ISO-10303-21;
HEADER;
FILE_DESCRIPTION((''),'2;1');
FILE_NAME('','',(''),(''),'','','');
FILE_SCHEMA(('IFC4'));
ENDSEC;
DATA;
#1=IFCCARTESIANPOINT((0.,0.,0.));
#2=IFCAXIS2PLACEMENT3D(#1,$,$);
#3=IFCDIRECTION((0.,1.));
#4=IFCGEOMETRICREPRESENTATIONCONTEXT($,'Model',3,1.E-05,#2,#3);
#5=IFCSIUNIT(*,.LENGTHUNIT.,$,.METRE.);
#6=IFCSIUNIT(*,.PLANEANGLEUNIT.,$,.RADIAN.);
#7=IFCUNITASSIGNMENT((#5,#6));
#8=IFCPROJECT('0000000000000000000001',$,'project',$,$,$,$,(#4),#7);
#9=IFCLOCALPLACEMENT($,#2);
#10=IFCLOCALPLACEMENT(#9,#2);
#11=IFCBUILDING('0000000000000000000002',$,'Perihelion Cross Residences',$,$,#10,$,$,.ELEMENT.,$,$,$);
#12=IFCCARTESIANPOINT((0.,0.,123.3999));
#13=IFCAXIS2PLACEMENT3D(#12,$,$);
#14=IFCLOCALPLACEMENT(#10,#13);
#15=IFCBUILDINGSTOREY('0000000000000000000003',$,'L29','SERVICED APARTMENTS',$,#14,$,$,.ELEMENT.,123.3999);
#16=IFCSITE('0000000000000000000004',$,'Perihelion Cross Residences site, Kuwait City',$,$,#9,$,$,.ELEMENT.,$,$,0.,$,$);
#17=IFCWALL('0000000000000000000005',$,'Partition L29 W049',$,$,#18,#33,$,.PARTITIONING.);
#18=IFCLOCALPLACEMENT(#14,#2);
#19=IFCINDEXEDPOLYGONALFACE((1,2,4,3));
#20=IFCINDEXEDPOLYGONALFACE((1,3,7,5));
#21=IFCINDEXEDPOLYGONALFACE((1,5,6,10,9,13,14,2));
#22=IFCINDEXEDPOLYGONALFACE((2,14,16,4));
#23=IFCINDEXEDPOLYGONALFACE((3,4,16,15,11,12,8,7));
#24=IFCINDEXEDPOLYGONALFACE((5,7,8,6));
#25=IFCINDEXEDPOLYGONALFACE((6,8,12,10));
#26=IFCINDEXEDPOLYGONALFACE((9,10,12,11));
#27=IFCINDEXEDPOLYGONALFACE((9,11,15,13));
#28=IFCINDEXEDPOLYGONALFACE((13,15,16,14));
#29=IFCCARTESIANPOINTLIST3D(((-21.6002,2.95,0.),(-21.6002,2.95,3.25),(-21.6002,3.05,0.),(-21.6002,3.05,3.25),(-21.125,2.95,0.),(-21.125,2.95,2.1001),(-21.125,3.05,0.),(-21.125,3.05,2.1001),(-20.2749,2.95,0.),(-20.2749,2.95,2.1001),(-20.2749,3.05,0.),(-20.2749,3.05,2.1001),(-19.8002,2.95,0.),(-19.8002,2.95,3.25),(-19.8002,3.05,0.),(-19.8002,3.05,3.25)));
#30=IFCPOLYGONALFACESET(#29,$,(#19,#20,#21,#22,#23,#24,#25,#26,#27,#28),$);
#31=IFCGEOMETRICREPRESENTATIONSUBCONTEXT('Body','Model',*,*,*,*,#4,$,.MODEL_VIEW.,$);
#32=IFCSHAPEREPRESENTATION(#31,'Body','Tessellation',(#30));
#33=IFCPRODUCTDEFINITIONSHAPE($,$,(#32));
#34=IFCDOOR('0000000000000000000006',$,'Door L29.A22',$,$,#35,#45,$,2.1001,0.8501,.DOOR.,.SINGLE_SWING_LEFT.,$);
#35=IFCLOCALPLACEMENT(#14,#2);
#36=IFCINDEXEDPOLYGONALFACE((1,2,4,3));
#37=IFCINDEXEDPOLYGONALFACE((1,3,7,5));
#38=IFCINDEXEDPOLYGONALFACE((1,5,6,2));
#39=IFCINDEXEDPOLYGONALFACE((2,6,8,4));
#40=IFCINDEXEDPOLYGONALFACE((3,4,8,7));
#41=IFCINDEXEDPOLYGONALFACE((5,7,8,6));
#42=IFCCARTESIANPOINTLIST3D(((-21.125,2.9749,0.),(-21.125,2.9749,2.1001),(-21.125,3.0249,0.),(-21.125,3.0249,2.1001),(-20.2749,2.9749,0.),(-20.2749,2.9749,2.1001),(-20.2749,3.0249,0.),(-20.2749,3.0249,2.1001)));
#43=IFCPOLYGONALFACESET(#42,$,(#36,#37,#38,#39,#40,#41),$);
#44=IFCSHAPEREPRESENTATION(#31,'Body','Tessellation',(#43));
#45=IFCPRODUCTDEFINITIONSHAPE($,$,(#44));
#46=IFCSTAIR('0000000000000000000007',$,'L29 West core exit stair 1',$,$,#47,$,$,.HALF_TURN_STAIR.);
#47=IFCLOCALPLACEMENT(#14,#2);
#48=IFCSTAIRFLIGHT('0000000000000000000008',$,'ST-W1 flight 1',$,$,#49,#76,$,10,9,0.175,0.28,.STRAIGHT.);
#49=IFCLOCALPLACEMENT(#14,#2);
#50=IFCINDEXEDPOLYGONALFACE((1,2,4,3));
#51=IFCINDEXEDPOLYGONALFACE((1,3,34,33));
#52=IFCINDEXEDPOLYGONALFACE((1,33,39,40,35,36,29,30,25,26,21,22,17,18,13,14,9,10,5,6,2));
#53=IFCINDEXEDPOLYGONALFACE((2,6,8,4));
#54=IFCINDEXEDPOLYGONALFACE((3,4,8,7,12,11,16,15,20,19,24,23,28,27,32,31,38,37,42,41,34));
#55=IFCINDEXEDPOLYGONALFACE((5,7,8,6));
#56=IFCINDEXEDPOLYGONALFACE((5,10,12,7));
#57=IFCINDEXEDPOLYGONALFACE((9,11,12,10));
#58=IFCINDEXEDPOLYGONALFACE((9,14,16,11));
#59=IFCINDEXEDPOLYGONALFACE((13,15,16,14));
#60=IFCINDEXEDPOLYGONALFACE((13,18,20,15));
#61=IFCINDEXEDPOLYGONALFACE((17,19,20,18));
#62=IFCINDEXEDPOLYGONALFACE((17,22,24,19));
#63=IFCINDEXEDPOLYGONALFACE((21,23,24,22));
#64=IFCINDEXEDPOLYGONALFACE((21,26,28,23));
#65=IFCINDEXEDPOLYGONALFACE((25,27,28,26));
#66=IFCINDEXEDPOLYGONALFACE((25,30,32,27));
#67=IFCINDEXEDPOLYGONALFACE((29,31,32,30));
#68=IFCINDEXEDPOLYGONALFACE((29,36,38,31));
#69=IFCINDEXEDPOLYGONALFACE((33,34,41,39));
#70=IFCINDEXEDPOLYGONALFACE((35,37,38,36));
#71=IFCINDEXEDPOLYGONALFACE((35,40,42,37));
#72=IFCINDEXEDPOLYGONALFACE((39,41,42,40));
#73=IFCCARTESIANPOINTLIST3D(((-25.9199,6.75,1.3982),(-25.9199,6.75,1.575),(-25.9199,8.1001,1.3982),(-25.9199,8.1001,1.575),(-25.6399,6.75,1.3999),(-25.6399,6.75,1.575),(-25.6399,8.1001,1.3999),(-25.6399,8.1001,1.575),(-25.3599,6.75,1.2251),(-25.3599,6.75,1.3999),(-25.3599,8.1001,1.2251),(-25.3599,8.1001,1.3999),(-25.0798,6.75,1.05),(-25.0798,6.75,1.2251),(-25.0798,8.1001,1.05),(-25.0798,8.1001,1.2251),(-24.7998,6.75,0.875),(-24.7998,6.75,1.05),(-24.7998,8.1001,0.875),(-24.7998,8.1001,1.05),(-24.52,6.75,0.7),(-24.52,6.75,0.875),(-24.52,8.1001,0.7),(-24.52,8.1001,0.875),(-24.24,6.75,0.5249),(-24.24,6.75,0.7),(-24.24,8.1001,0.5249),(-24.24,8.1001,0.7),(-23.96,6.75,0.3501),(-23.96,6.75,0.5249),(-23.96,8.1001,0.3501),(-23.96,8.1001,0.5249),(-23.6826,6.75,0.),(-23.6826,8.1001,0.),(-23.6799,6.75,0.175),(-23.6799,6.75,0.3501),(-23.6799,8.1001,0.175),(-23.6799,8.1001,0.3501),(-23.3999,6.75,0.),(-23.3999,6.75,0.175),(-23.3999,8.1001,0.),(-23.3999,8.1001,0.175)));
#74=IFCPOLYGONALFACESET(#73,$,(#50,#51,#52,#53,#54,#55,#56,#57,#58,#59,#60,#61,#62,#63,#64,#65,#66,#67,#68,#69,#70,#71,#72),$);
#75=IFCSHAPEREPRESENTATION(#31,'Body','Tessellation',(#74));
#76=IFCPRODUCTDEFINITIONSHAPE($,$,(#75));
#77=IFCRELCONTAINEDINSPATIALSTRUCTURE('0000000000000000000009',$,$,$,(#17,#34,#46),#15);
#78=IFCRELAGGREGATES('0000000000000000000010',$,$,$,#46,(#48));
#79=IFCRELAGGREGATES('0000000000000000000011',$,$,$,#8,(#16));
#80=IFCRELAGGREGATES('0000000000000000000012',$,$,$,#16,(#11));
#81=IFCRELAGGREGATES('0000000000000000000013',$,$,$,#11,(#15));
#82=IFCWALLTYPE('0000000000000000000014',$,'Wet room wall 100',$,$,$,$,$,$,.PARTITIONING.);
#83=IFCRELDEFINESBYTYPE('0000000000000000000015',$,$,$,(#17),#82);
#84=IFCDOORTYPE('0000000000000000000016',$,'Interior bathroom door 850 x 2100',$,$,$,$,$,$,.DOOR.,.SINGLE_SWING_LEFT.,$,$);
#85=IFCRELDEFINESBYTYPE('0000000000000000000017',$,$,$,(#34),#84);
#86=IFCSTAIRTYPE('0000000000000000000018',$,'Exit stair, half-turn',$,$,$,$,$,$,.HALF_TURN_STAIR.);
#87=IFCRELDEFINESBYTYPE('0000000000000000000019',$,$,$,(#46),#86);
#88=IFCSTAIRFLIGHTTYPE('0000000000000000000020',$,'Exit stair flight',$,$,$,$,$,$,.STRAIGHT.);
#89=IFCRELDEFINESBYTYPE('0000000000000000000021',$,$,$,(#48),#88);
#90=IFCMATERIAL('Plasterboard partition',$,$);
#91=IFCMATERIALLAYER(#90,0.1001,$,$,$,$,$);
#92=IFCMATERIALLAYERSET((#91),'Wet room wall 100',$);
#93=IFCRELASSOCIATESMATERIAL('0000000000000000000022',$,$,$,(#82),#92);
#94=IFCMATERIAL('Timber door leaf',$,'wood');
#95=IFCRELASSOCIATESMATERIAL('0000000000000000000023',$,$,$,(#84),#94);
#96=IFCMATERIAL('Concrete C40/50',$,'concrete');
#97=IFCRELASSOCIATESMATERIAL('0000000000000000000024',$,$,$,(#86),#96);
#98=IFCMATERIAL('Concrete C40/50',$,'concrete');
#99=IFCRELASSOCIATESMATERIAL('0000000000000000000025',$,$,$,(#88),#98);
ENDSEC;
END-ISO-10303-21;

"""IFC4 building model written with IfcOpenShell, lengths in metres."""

from ifc_helpers import new_model, si_unit, direction, frame, frame_2d, origin, place, context, subcontext, project, spatial, polyline, rectangle, outline, extrude, material, layer, layer_set, type_object, element, fill, aggregate, save


model = new_model("IFC4")

# Units and contexts
model_context = context("Model", 3, precision=1e-05, world=origin(), true_north=direction((0.0, 1.0)))
body_context = subcontext(model_context, "Body", "Model", "MODEL_VIEW")
ifc_project = project(units=[si_unit("LENGTHUNIT", "METRE"), si_unit("PLANEANGLEUNIT", "RADIAN")], contexts=[model_context])

# Site, building, storey
site_placement = place(None, origin())
site = spatial("IfcSite", under=ifc_project, at=site_placement, Name="Perihelion Cross Residences site, Kuwait City", CompositionType="ELEMENT", RefElevation=0.0)
building_placement = place(site_placement, origin())
building = spatial("IfcBuilding", under=site, at=building_placement, Name="Perihelion Cross Residences", CompositionType="ELEMENT")
storey_placement = place(building_placement, frame((0.0, 0.0, 123.3999)))
storey = spatial("IfcBuildingStorey", under=building, at=storey_placement, Name="L29", Description="SERVICED APARTMENTS", CompositionType="ELEMENT", Elevation=123.3999)

# Shared definitions
ifc_material_1 = material(Name="Plasterboard partition")
ifc_layer_1 = layer(ifc_material_1, 0.1001)
ifc_layer_set_1 = layer_set([ifc_layer_1], Name="Wet room wall 100")
wall_type_1 = type_object("IfcWallType", Name="Wet room wall 100", PredefinedType="PARTITIONING", material=ifc_layer_set_1)

# Wall, opening, door
wall_1_placement = place(storey_placement, frame((-21.6001, 3.0, 0.0), z_axis=(0.0, 0.0, 1.0), x_axis=(1.0, 0.0, 0.0)))
wall_1 = element("IfcWall", 1, at=wall_1_placement, inside=storey, type_object=wall_type_1, Name="Partition L29 W049", PredefinedType="PARTITIONING", context=body_context, shape_type="SweptSolid", body=[
    extrude(rectangle(XDim=1.8, YDim=0.1001, at=frame_2d((0.8999, 0.0))), origin(), (0.0, 0.0, 1.0), 3.25),
])
opening_1_placement = place(wall_1_placement, frame((0.4751, 0.0, 0.0)))
opening_1 = element("IfcOpeningElement", 2, at=opening_1_placement, cuts=wall_1, PredefinedType="OPENING", context=body_context, shape_type="SweptSolid", body=[
    extrude(rectangle(XDim=0.8501, YDim=2.1001, at=frame_2d((0.425, 1.05))), frame((0.0, 0.0601, 0.0), z_axis=(0.0, -1.0, 0.0), x_axis=(1.0, 0.0, 0.0)), (0.0, 0.0, 1.0), 0.1201),
])
ifc_material_2 = material(Name="Timber door leaf", Category="wood")
door_type_1 = type_object("IfcDoorType", Name="Interior bathroom door 850 x 2100", OperationType="SINGLE_SWING_LEFT", PredefinedType="DOOR", material=ifc_material_2)
door_1_placement = place(opening_1_placement, origin())
door_1 = element("IfcDoor", 3, at=door_1_placement, inside=storey, type_object=door_type_1, Name="Door L29.A22", OperationType="SINGLE_SWING_LEFT", OverallHeight=2.1001, OverallWidth=0.8501, PredefinedType="DOOR", context=body_context, shape_type="SweptSolid", body=[
    extrude(rectangle(XDim=0.8501, YDim=2.1001, at=frame_2d((0.425, 1.05))), frame((0.0, 0.0249, 0.0), z_axis=(0.0, -1.0, 0.0), x_axis=(1.0, 0.0, 0.0)), (0.0, 0.0, 1.0), 0.05),
])
fill(opening_1, door_1)

# Stair, stair flight
ifc_material_3 = material(Name="Concrete C40/50", Category="concrete")
stair_type = type_object("IfcStairType", Name="Exit stair, half-turn", PredefinedType="HALF_TURN_STAIR", material=ifc_material_3)
stair_placement = place(storey_placement, origin())
stair = element("IfcStair", 4, at=stair_placement, inside=storey, type_object=stair_type, Name="L29 West core exit stair 1", PredefinedType="HALF_TURN_STAIR")
ifc_material_4 = material(Name="Concrete C40/50", Category="concrete")
stair_flight_type = type_object("IfcStairFlightType", Name="Exit stair flight", PredefinedType="STRAIGHT", material=ifc_material_4)
stair_flight_placement = place(storey_placement, frame((-23.3999, 7.425, 0.0), z_axis=(0.0, 0.0, 1.0), x_axis=(-1.0, 0.0, 0.0)))
stair_flight = element("IfcStairFlight", 5, at=stair_flight_placement, type_object=stair_flight_type, Name="ST-W1 flight 1", NumberOfRisers=10, NumberOfTreads=9, PredefinedType="STRAIGHT", RiserHeight=0.175, TreadLength=0.28, context=body_context, shape_type="SweptSolid", body=[
    extrude(outline(polyline([(0.0, 0.0), (0.0, 0.175), (0.28, 0.175), (0.28, 0.3501), (0.5601, 0.3501), (0.5601, 0.5249), (0.8401, 0.5249), (0.8401, 0.7), (1.1201, 0.7), (1.1201, 0.875), (1.3999, 0.875), (1.3999, 1.05), (1.6799, 1.05), (1.6799, 1.2251), (1.96, 1.2251), (1.96, 1.3999), (2.24, 1.3999), (2.24, 1.575), (2.52, 1.575), (2.52, 1.75), (2.52, 1.3982), (0.2827, 0.0), (0.0, 0.0)])), frame((0.0, 0.675, 0.0), z_axis=(0.0, -1.0, 0.0), x_axis=(1.0, 0.0, 0.0)), (0.0, 0.0, 1.0), 1.3501),
])
aggregate(stair, [stair_flight])

save(model, "model.ifc")
